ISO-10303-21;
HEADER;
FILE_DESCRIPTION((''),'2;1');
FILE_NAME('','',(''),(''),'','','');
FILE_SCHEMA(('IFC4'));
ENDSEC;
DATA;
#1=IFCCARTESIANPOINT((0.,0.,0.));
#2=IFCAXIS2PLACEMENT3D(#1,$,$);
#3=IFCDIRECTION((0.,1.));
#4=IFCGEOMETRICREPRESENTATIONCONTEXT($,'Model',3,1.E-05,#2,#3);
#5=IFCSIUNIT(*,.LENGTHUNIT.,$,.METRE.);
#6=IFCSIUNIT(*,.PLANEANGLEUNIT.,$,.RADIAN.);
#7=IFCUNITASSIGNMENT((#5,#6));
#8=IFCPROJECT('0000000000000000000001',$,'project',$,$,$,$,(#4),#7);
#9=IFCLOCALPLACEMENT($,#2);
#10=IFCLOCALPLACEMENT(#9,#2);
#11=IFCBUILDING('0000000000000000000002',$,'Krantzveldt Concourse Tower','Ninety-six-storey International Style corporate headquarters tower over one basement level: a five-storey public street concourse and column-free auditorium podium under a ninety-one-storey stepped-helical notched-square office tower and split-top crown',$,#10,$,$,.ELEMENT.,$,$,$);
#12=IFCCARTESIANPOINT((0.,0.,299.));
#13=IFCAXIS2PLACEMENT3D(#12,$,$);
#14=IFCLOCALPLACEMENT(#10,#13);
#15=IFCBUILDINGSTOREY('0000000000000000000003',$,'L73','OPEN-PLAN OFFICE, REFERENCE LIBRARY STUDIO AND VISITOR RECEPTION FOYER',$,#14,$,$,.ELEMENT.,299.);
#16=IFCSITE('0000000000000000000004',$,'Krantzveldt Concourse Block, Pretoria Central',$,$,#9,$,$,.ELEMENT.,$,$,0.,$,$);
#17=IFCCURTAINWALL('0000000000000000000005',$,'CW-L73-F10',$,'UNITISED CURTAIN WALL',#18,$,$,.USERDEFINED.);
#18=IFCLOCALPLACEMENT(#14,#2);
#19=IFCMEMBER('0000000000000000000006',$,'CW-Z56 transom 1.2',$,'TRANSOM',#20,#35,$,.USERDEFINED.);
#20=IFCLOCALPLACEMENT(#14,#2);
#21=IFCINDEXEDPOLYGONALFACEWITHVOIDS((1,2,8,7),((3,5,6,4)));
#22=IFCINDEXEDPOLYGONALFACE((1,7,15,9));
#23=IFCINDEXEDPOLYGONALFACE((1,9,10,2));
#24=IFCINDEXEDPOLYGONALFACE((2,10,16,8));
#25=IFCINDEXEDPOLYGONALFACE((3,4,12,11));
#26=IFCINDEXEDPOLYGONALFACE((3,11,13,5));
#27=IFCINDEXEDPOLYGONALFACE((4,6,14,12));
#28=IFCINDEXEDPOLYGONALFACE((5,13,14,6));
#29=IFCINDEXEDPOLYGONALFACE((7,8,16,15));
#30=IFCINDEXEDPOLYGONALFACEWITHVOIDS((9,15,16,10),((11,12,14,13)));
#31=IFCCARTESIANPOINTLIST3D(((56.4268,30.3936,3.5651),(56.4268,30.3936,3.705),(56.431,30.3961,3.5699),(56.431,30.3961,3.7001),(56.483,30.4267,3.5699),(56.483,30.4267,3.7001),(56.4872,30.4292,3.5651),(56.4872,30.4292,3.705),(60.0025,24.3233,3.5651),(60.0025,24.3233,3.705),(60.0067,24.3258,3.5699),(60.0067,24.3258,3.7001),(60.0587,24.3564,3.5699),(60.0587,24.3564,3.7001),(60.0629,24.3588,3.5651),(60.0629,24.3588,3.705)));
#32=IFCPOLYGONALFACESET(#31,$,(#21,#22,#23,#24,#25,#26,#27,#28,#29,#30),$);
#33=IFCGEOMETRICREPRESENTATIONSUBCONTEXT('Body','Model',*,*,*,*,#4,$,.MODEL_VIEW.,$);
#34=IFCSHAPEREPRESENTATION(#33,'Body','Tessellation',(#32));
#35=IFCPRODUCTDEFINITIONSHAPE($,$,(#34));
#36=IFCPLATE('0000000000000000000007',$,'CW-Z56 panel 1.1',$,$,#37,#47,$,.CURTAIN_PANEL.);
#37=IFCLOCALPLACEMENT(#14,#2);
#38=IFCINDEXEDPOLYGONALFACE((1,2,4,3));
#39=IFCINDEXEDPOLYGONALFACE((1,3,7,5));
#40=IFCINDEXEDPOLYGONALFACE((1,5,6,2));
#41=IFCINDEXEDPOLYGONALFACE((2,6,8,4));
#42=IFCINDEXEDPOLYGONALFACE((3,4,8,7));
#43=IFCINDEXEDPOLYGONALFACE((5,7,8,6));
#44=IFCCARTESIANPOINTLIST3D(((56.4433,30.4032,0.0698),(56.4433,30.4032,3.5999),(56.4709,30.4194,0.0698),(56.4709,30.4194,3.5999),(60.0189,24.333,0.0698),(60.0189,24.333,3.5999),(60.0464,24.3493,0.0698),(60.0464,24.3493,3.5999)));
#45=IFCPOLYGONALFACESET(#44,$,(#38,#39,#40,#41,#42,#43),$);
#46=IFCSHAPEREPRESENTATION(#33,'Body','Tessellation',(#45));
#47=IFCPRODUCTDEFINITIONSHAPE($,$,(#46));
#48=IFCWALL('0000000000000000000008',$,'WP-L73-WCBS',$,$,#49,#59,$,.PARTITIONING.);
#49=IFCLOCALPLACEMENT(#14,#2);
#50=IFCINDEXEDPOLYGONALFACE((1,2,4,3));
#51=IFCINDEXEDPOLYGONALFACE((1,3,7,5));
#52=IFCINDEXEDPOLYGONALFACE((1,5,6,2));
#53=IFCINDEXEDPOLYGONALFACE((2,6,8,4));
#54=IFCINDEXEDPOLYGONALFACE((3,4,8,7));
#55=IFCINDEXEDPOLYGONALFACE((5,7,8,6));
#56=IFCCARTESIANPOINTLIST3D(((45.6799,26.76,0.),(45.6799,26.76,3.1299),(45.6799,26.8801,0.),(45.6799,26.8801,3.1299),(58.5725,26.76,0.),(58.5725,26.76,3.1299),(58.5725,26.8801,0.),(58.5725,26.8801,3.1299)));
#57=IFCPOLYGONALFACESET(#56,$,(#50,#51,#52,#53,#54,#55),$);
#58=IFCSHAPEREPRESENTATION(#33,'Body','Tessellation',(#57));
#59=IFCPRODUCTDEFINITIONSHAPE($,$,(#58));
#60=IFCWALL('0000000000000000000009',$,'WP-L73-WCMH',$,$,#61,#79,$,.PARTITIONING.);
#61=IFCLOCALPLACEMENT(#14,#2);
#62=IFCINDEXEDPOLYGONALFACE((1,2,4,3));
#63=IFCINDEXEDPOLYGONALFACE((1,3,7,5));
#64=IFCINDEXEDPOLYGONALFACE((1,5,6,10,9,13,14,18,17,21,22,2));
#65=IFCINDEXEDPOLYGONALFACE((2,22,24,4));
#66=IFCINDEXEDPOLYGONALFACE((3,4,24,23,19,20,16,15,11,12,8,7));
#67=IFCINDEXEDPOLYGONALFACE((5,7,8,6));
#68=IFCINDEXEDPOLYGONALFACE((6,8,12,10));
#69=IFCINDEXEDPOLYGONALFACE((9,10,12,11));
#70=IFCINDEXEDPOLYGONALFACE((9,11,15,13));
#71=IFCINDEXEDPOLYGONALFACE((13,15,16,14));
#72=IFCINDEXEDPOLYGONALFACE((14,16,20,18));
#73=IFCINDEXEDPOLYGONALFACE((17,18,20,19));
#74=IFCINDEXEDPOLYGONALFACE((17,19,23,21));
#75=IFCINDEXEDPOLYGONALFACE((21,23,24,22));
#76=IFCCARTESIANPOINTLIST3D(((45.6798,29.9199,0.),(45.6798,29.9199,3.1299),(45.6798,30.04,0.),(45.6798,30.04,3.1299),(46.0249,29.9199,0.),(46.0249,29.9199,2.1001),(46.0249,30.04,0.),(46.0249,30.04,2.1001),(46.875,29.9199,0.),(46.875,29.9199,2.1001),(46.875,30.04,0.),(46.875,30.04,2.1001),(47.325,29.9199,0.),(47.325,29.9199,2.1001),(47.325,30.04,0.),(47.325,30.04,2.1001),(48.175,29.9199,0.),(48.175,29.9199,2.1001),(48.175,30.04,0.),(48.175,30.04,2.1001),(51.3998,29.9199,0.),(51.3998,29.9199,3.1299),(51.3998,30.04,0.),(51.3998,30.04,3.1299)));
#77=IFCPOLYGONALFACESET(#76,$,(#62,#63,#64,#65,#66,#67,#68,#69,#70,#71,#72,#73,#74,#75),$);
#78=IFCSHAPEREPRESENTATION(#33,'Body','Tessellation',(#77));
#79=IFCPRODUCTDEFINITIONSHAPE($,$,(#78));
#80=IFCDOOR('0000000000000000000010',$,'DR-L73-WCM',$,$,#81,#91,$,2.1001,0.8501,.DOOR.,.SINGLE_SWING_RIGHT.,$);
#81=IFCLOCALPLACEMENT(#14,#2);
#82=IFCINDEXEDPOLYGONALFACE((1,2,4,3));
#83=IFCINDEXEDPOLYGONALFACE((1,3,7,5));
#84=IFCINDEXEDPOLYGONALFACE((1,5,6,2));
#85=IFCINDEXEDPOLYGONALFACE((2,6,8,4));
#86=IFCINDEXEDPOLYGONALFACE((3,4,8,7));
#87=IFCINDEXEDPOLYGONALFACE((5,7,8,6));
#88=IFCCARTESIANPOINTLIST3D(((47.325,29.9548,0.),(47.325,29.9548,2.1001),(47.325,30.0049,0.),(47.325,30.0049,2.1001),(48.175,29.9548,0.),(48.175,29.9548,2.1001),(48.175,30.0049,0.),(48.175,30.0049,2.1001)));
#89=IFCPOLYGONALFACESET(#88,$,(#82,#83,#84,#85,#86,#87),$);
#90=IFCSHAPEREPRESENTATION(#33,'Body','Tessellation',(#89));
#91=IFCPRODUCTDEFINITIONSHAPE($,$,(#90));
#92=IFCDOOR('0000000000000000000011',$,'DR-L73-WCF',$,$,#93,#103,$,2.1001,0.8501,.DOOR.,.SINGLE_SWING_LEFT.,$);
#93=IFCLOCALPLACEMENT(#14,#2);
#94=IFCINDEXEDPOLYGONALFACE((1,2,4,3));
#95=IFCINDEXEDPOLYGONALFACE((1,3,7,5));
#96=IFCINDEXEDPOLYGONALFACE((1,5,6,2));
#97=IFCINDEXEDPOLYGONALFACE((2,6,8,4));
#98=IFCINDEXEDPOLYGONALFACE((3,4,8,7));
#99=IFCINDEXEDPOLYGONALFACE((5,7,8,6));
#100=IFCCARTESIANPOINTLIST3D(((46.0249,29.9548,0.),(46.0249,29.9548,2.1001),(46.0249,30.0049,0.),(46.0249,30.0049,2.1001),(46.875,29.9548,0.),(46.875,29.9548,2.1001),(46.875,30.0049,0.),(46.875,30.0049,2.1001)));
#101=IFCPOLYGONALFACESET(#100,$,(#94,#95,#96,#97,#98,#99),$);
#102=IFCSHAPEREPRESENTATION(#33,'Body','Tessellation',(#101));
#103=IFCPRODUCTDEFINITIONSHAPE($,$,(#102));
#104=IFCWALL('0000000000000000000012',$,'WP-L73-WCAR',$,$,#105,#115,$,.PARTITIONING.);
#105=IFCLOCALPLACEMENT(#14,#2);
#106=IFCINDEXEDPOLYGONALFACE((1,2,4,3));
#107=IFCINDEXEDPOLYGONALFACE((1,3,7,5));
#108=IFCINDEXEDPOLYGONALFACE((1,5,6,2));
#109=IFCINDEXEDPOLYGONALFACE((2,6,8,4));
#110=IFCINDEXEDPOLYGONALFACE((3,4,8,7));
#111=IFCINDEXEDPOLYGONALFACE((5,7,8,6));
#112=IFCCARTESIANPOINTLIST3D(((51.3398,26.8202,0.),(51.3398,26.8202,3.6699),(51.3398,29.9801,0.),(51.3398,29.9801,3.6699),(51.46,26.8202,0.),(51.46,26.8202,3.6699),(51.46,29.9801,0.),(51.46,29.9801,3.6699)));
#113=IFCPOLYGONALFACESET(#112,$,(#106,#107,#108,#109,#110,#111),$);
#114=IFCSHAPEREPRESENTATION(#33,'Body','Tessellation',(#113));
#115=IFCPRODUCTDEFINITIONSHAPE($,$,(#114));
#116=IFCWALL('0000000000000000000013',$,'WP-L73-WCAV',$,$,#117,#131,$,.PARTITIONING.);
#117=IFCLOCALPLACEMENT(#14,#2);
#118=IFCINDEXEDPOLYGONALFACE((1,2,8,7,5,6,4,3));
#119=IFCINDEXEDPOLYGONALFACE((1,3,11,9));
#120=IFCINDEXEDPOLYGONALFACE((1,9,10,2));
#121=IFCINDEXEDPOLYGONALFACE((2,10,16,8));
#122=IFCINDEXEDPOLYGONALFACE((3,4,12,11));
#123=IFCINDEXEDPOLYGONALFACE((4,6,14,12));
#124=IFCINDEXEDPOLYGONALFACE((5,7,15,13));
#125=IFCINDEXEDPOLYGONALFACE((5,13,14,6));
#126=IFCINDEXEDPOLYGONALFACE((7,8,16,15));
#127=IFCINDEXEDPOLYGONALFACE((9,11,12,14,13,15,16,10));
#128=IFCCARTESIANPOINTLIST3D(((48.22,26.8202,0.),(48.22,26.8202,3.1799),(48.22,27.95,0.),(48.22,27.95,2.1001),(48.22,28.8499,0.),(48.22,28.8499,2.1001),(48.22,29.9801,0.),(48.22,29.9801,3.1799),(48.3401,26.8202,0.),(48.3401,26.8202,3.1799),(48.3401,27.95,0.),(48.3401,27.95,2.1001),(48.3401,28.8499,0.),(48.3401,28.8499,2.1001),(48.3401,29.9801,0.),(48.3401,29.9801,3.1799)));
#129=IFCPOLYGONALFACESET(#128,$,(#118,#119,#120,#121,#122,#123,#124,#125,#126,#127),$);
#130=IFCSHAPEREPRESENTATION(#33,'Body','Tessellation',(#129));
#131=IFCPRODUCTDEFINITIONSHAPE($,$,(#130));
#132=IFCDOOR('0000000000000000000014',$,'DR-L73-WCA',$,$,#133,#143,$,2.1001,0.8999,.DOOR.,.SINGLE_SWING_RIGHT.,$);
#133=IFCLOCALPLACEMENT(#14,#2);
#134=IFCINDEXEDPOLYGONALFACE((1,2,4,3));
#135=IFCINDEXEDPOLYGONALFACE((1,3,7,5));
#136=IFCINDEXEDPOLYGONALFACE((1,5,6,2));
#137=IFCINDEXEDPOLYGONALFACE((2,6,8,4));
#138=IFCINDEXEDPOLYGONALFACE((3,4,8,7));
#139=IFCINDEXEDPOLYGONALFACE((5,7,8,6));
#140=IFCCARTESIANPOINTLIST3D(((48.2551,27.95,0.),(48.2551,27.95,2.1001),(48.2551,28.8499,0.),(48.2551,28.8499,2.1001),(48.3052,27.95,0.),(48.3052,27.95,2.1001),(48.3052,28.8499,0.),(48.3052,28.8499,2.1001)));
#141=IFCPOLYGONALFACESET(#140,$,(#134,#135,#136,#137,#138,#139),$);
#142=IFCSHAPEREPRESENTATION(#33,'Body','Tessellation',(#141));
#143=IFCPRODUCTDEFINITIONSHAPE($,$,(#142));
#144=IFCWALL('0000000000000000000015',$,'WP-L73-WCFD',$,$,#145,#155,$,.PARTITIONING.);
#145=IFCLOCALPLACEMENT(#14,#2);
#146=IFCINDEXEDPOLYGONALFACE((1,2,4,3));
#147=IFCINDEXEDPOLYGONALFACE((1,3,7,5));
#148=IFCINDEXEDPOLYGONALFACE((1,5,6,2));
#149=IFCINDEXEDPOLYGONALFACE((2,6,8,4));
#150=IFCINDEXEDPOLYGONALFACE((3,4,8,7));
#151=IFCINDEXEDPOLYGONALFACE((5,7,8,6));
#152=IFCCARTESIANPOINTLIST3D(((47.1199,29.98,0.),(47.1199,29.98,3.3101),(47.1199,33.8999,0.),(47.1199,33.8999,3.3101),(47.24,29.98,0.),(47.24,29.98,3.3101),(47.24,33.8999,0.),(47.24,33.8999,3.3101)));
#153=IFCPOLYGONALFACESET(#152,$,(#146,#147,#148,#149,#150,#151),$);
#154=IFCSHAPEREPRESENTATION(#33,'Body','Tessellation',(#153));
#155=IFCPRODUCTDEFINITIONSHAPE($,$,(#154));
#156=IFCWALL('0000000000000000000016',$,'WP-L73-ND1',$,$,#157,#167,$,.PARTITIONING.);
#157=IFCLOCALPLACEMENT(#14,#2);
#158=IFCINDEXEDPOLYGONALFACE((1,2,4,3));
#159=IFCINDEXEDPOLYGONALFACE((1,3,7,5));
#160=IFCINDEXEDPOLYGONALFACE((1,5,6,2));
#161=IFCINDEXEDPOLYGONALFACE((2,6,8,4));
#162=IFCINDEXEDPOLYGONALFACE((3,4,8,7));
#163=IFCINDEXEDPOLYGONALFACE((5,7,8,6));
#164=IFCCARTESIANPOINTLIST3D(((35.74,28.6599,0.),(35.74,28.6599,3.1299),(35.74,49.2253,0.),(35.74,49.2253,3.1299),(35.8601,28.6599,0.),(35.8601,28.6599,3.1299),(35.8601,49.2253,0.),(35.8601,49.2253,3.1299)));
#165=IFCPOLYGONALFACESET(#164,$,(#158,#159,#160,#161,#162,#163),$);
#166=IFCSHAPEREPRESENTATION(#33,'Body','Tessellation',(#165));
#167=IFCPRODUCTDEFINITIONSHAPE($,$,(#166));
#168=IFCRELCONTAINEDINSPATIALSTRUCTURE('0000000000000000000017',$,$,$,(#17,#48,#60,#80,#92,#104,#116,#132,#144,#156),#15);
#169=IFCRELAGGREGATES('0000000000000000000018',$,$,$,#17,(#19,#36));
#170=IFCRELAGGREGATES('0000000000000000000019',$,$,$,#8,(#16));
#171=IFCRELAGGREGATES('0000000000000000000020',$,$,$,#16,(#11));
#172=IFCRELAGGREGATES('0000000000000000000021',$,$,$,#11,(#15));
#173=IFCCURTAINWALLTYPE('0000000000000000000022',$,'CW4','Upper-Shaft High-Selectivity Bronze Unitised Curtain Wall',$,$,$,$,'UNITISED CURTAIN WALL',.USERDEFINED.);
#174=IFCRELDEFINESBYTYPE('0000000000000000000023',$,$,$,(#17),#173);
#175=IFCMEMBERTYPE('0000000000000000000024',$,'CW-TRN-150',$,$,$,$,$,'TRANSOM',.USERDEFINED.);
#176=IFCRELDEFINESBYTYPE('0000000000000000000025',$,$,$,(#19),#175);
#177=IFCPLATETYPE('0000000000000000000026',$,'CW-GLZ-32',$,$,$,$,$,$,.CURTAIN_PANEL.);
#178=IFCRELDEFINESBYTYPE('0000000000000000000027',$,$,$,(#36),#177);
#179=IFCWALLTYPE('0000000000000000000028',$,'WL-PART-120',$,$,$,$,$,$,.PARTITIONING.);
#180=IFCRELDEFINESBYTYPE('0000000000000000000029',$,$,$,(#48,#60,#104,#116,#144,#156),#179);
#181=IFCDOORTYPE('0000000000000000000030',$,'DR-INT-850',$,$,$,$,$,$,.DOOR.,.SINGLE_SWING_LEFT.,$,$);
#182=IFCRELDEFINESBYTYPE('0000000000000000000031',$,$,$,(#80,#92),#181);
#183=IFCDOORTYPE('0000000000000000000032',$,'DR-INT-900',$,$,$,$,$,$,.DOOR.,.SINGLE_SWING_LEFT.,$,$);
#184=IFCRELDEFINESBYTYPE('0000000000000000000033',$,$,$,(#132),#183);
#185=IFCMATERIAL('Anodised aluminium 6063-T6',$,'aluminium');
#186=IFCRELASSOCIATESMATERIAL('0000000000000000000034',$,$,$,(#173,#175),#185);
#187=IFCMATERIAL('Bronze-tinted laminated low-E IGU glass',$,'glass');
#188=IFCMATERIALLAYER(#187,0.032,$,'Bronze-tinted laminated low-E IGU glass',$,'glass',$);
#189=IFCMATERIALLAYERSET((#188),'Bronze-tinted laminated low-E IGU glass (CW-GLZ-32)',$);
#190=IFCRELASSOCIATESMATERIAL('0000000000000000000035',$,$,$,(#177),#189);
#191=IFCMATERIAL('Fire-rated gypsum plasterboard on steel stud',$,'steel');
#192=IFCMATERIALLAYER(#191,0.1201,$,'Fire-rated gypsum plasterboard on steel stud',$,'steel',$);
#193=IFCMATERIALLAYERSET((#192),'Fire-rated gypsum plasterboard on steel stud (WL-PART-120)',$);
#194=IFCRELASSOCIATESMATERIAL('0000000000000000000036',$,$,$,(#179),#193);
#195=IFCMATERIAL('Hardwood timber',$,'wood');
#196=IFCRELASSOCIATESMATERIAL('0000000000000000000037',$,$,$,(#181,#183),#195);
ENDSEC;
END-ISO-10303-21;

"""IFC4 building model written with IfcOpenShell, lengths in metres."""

from ifc_helpers import new_model, si_unit, direction, frame, frame_2d, origin, origin_2d, place, context, subcontext, project, spatial, rectangle, hollow_rectangle, extrude, source, transform, mapped, material, layer, layer_set, material_profile, profile_set, type_object, type_shapes, element, fill, aggregate, save


model = new_model("IFC4")

# Units and contexts
model_context = context("Model", 3, precision=1e-05, world=origin(), true_north=direction((0.0, 1.0)))
body_context = subcontext(model_context, "Body", "Model", "MODEL_VIEW")
ifc_project = project(units=[si_unit("LENGTHUNIT", "METRE"), si_unit("PLANEANGLEUNIT", "RADIAN")], contexts=[model_context])

# Site, building, storey
site_placement = place(None, origin())
site = spatial("IfcSite", under=ifc_project, at=site_placement, Name="Krantzveldt Concourse Block, Pretoria Central", CompositionType="ELEMENT", RefElevation=0.0)
building_placement = place(site_placement, origin())
building = spatial("IfcBuilding", under=site, at=building_placement, Name="Krantzveldt Concourse Tower", Description="Ninety-six-storey International Style corporate headquarters tower over one basement level: a five-storey public street concourse and column-free auditorium podium under a ninety-one-storey stepped-helical notched-square office tower and split-top crown", CompositionType="ELEMENT")
storey_placement = place(building_placement, frame((0.0, 0.0, 299.0)))
storey = spatial("IfcBuildingStorey", under=building, at=storey_placement, Name="L73", Description="OPEN-PLAN OFFICE, REFERENCE LIBRARY STUDIO AND VISITOR RECEPTION FOYER", CompositionType="ELEMENT", Elevation=299.0)

# Curtain wall, member, plate
ifc_material_1 = material(Name="Anodised aluminium 6063-T6", Category="aluminium")
curtain_wall_type = type_object("IfcCurtainWallType", Name="CW4", Description="Upper-Shaft High-Selectivity Bronze Unitised Curtain Wall", ElementType="UNITISED CURTAIN WALL", PredefinedType="USERDEFINED", material=ifc_material_1)
curtain_wall_placement = place(storey_placement, origin())
curtain_wall = element("IfcCurtainWall", 1, at=curtain_wall_placement, inside=storey, type_object=curtain_wall_type, Name="CW-L73-F10", ObjectType="UNITISED CURTAIN WALL", PredefinedType="USERDEFINED")
ifc_material_profile_1 = material_profile(ifc_material_1, hollow_rectangle(XDim=0.0701, YDim=0.1399, WallThickness=0.0049, at=origin_2d()), Name="Anodised aluminium 6063-T6", Category="aluminium")
ifc_profile_set_1 = profile_set([ifc_material_profile_1], Name="Anodised aluminium 6063-T6 - ALU-TRAN 140x70x5")
member_type_1 = type_object("IfcMemberType", Name="CW-TRN-150", ElementType="TRANSOM", PredefinedType="USERDEFINED", material=ifc_profile_set_1)
shared_shape_1 = source(origin(), body_context, "Body", "SweptSolid", [
    extrude(hollow_rectangle(XDim=0.0701, YDim=0.1399, WallThickness=0.0049, at=origin_2d()), origin(), (0.0, 0.0, 1.0), 7.0452),
])
member_1_placement = place(storey_placement, frame((60.0327, 24.3411, 3.635), z_axis=(-0.507538, 0.861629, 0.0), x_axis=(-0.861629, -0.507538, 0.0)))
member_1 = element("IfcMember", 2, at=member_1_placement, type_object=member_type_1, Name="CW-Z56 transom 1.2", ObjectType="TRANSOM", PredefinedType="USERDEFINED", context=body_context, shape_type="MappedRepresentation", body=[
    mapped(shared_shape_1, transform((0.0, 0.0, 0.0), x_axis=(1.0, 0.0, 0.0), y_axis=(0.0, 1.0, 0.0), z_axis=(0.0, 0.0, 1.0), scale=1.0)),
])
ifc_material_2 = material(Name="Bronze-tinted laminated low-E IGU glass", Category="glass")
ifc_layer_1 = layer(ifc_material_2, 0.032, Name="Bronze-tinted laminated low-E IGU glass", Category="glass")
ifc_layer_set_1 = layer_set([ifc_layer_1], Name="Bronze-tinted laminated low-E IGU glass (CW-GLZ-32)")
plate_type = type_object("IfcPlateType", Name="CW-GLZ-32", PredefinedType="CURTAIN_PANEL", material=ifc_layer_set_1)
shared_shape_2 = source(origin(), body_context, "Body", "SweptSolid", [
    extrude(rectangle(XDim=7.0449, YDim=0.032, at=origin_2d()), origin(), (0.0, 0.0, 1.0), 3.53),
])
type_shapes(plate_type, [shared_shape_2])
plate_placement = place(storey_placement, frame((58.2449, 27.3762, 0.0698), z_axis=(0.0, 0.0, 1.0), x_axis=(-0.507538, 0.861629, 0.0)))
plate = element("IfcPlate", 3, at=plate_placement, type_object=plate_type, Name="CW-Z56 panel 1.1", PredefinedType="CURTAIN_PANEL", context=body_context, shape_type="MappedRepresentation", body=[
    mapped(shared_shape_2, transform((0.0, 0.0, 0.0), x_axis=(1.0, 0.0, 0.0), y_axis=(0.0, 1.0, 0.0), z_axis=(0.0, 0.0, 1.0), scale=1.0)),
])
aggregate(curtain_wall, [member_1, plate])

# Wall
ifc_material_3 = material(Name="Fire-rated gypsum plasterboard on steel stud", Category="steel")
ifc_layer_2 = layer(ifc_material_3, 0.1201, Name="Fire-rated gypsum plasterboard on steel stud", Category="steel")
ifc_layer_set_2 = layer_set([ifc_layer_2], Name="Fire-rated gypsum plasterboard on steel stud (WL-PART-120)")
wall_type_1 = type_object("IfcWallType", Name="WL-PART-120", PredefinedType="PARTITIONING", material=ifc_layer_set_2)
wall_1_placement = place(storey_placement, frame((45.6799, 26.8201, 0.0), z_axis=(0.0, 0.0, 1.0), x_axis=(1.0, 0.0, 0.0)))
element("IfcWall", 4, at=wall_1_placement, inside=storey, type_object=wall_type_1, Name="WP-L73-WCBS", PredefinedType="PARTITIONING", context=body_context, shape_type="SweptSolid", body=[
    extrude(rectangle(XDim=12.8926, YDim=0.1201, at=frame_2d((6.4463, 0.0))), origin(), (0.0, 0.0, 1.0), 3.1299),
])

# Wall, openings, doors
wall_2_placement = place(storey_placement, frame((45.6799, 29.98, 0.0), z_axis=(0.0, 0.0, 1.0), x_axis=(1.0, 0.0, 0.0)))
wall_2 = element("IfcWall", 5, at=wall_2_placement, inside=storey, type_object=wall_type_1, Name="WP-L73-WCMH", PredefinedType="PARTITIONING", context=body_context, shape_type="SweptSolid", body=[
    extrude(rectangle(XDim=5.72, YDim=0.1201, at=frame_2d((2.8599, 0.0))), origin(), (0.0, 0.0, 1.0), 3.1299),
])
opening_1_placement = place(wall_2_placement, frame((1.645, 0.0, 0.0)))
opening_1 = element("IfcOpeningElement", 6, at=opening_1_placement, cuts=wall_2, PredefinedType="OPENING", context=body_context, shape_type="SweptSolid", body=[
    extrude(rectangle(XDim=0.8501, YDim=2.1001, at=frame_2d((0.425, 1.05))), frame((0.0, 0.0701, 0.0), z_axis=(0.0, -1.0, 0.0), x_axis=(1.0, 0.0, 0.0)), (0.0, 0.0, 1.0), 0.1401),
])
opening_2_placement = place(wall_2_placement, frame((0.345, 0.0, 0.0)))
opening_2 = element("IfcOpeningElement", 7, at=opening_2_placement, cuts=wall_2, PredefinedType="OPENING", context=body_context, shape_type="SweptSolid", body=[
    extrude(rectangle(XDim=0.8501, YDim=2.1001, at=frame_2d((0.425, 1.05))), frame((0.0, 0.0701, 0.0), z_axis=(0.0, -1.0, 0.0), x_axis=(1.0, 0.0, 0.0)), (0.0, 0.0, 1.0), 0.1401),
])
ifc_material_4 = material(Name="Hardwood timber", Category="wood")
door_type_1 = type_object("IfcDoorType", Name="DR-INT-850", OperationType="SINGLE_SWING_LEFT", PredefinedType="DOOR", material=ifc_material_4)
door_1_placement = place(opening_1_placement, origin())
door_1 = element("IfcDoor", 8, at=door_1_placement, inside=storey, type_object=door_type_1, Name="DR-L73-WCM", OperationType="SINGLE_SWING_RIGHT", OverallHeight=2.1001, OverallWidth=0.8501, PredefinedType="DOOR", context=body_context, shape_type="SweptSolid", body=[
    extrude(rectangle(XDim=0.8501, YDim=2.1001, at=frame_2d((0.425, 1.05))), frame((0.0, 0.0249, 0.0), z_axis=(0.0, -1.0, 0.0), x_axis=(1.0, 0.0, 0.0)), (0.0, 0.0, 1.0), 0.05),
])
fill(opening_1, door_1)
door_2_placement = place(opening_2_placement, origin())
door_2 = element("IfcDoor", 9, at=door_2_placement, inside=storey, type_object=door_type_1, Name="DR-L73-WCF", OperationType="SINGLE_SWING_LEFT", OverallHeight=2.1001, OverallWidth=0.8501, PredefinedType="DOOR", context=body_context, shape_type="SweptSolid", body=[
    extrude(rectangle(XDim=0.8501, YDim=2.1001, at=frame_2d((0.425, 1.05))), frame((0.0, 0.0249, 0.0), z_axis=(0.0, -1.0, 0.0), x_axis=(1.0, 0.0, 0.0)), (0.0, 0.0, 1.0), 0.05),
])
fill(opening_2, door_2)

# Wall
wall_3_placement = place(storey_placement, frame((51.3999, 26.8201, 0.0), z_axis=(0.0, 0.0, 1.0), x_axis=(0.0, 1.0, 0.0)))
element("IfcWall", 10, at=wall_3_placement, inside=storey, type_object=wall_type_1, Name="WP-L73-WCAR", PredefinedType="PARTITIONING", context=body_context, shape_type="SweptSolid", body=[
    extrude(rectangle(XDim=3.1599, YDim=0.1201, at=frame_2d((1.5801, 0.0))), origin(), (0.0, 0.0, 1.0), 3.6699),
])

# Wall, opening, door
wall_4_placement = place(storey_placement, frame((48.28, 26.8201, 0.0), z_axis=(0.0, 0.0, 1.0), x_axis=(0.0, 1.0, 0.0)))
wall_4 = element("IfcWall", 11, at=wall_4_placement, inside=storey, type_object=wall_type_1, Name="WP-L73-WCAV", PredefinedType="PARTITIONING", context=body_context, shape_type="SweptSolid", body=[
    extrude(rectangle(XDim=3.1599, YDim=0.1201, at=frame_2d((1.5801, 0.0))), origin(), (0.0, 0.0, 1.0), 3.1799),
])
opening_3_placement = place(wall_4_placement, frame((1.1299, 0.0, 0.0)))
opening_3 = element("IfcOpeningElement", 12, at=opening_3_placement, cuts=wall_4, PredefinedType="OPENING", context=body_context, shape_type="SweptSolid", body=[
    extrude(rectangle(XDim=0.8999, YDim=2.1001, at=frame_2d((0.45, 1.05))), frame((0.0, 0.0701, 0.0), z_axis=(0.0, -1.0, 0.0), x_axis=(1.0, 0.0, 0.0)), (0.0, 0.0, 1.0), 0.1401),
])
door_type_2 = type_object("IfcDoorType", Name="DR-INT-900", OperationType="SINGLE_SWING_LEFT", PredefinedType="DOOR", material=ifc_material_4)
door_3_placement = place(opening_3_placement, origin())
door_3 = element("IfcDoor", 13, at=door_3_placement, inside=storey, type_object=door_type_2, Name="DR-L73-WCA", OperationType="SINGLE_SWING_RIGHT", OverallHeight=2.1001, OverallWidth=0.8999, PredefinedType="DOOR", context=body_context, shape_type="SweptSolid", body=[
    extrude(rectangle(XDim=0.8999, YDim=2.1001, at=frame_2d((0.45, 1.05))), frame((0.0, 0.0249, 0.0), z_axis=(0.0, -1.0, 0.0), x_axis=(1.0, 0.0, 0.0)), (0.0, 0.0, 1.0), 0.05),
])
fill(opening_3, door_3)

# Walls
wall_5_placement = place(storey_placement, frame((47.1799, 29.98, 0.0), z_axis=(0.0, 0.0, 1.0), x_axis=(0.0, 1.0, 0.0)))
element("IfcWall", 14, at=wall_5_placement, inside=storey, type_object=wall_type_1, Name="WP-L73-WCFD", PredefinedType="PARTITIONING", context=body_context, shape_type="SweptSolid", body=[
    extrude(rectangle(XDim=3.9199, YDim=0.1201, at=frame_2d((1.96, 0.0))), origin(), (0.0, 0.0, 1.0), 3.3101),
])
wall_6_placement = place(storey_placement, frame((35.8, 28.6599, 0.0), z_axis=(0.0, 0.0, 1.0), x_axis=(0.0, 1.0, 0.0)))
element("IfcWall", 15, at=wall_6_placement, inside=storey, type_object=wall_type_1, Name="WP-L73-ND1", PredefinedType="PARTITIONING", context=body_context, shape_type="SweptSolid", body=[
    extrude(rectangle(XDim=20.5654, YDim=0.1201, at=frame_2d((10.2827, 0.0))), origin(), (0.0, 0.0, 1.0), 3.1299),
])

save(model, "model.ifc")
